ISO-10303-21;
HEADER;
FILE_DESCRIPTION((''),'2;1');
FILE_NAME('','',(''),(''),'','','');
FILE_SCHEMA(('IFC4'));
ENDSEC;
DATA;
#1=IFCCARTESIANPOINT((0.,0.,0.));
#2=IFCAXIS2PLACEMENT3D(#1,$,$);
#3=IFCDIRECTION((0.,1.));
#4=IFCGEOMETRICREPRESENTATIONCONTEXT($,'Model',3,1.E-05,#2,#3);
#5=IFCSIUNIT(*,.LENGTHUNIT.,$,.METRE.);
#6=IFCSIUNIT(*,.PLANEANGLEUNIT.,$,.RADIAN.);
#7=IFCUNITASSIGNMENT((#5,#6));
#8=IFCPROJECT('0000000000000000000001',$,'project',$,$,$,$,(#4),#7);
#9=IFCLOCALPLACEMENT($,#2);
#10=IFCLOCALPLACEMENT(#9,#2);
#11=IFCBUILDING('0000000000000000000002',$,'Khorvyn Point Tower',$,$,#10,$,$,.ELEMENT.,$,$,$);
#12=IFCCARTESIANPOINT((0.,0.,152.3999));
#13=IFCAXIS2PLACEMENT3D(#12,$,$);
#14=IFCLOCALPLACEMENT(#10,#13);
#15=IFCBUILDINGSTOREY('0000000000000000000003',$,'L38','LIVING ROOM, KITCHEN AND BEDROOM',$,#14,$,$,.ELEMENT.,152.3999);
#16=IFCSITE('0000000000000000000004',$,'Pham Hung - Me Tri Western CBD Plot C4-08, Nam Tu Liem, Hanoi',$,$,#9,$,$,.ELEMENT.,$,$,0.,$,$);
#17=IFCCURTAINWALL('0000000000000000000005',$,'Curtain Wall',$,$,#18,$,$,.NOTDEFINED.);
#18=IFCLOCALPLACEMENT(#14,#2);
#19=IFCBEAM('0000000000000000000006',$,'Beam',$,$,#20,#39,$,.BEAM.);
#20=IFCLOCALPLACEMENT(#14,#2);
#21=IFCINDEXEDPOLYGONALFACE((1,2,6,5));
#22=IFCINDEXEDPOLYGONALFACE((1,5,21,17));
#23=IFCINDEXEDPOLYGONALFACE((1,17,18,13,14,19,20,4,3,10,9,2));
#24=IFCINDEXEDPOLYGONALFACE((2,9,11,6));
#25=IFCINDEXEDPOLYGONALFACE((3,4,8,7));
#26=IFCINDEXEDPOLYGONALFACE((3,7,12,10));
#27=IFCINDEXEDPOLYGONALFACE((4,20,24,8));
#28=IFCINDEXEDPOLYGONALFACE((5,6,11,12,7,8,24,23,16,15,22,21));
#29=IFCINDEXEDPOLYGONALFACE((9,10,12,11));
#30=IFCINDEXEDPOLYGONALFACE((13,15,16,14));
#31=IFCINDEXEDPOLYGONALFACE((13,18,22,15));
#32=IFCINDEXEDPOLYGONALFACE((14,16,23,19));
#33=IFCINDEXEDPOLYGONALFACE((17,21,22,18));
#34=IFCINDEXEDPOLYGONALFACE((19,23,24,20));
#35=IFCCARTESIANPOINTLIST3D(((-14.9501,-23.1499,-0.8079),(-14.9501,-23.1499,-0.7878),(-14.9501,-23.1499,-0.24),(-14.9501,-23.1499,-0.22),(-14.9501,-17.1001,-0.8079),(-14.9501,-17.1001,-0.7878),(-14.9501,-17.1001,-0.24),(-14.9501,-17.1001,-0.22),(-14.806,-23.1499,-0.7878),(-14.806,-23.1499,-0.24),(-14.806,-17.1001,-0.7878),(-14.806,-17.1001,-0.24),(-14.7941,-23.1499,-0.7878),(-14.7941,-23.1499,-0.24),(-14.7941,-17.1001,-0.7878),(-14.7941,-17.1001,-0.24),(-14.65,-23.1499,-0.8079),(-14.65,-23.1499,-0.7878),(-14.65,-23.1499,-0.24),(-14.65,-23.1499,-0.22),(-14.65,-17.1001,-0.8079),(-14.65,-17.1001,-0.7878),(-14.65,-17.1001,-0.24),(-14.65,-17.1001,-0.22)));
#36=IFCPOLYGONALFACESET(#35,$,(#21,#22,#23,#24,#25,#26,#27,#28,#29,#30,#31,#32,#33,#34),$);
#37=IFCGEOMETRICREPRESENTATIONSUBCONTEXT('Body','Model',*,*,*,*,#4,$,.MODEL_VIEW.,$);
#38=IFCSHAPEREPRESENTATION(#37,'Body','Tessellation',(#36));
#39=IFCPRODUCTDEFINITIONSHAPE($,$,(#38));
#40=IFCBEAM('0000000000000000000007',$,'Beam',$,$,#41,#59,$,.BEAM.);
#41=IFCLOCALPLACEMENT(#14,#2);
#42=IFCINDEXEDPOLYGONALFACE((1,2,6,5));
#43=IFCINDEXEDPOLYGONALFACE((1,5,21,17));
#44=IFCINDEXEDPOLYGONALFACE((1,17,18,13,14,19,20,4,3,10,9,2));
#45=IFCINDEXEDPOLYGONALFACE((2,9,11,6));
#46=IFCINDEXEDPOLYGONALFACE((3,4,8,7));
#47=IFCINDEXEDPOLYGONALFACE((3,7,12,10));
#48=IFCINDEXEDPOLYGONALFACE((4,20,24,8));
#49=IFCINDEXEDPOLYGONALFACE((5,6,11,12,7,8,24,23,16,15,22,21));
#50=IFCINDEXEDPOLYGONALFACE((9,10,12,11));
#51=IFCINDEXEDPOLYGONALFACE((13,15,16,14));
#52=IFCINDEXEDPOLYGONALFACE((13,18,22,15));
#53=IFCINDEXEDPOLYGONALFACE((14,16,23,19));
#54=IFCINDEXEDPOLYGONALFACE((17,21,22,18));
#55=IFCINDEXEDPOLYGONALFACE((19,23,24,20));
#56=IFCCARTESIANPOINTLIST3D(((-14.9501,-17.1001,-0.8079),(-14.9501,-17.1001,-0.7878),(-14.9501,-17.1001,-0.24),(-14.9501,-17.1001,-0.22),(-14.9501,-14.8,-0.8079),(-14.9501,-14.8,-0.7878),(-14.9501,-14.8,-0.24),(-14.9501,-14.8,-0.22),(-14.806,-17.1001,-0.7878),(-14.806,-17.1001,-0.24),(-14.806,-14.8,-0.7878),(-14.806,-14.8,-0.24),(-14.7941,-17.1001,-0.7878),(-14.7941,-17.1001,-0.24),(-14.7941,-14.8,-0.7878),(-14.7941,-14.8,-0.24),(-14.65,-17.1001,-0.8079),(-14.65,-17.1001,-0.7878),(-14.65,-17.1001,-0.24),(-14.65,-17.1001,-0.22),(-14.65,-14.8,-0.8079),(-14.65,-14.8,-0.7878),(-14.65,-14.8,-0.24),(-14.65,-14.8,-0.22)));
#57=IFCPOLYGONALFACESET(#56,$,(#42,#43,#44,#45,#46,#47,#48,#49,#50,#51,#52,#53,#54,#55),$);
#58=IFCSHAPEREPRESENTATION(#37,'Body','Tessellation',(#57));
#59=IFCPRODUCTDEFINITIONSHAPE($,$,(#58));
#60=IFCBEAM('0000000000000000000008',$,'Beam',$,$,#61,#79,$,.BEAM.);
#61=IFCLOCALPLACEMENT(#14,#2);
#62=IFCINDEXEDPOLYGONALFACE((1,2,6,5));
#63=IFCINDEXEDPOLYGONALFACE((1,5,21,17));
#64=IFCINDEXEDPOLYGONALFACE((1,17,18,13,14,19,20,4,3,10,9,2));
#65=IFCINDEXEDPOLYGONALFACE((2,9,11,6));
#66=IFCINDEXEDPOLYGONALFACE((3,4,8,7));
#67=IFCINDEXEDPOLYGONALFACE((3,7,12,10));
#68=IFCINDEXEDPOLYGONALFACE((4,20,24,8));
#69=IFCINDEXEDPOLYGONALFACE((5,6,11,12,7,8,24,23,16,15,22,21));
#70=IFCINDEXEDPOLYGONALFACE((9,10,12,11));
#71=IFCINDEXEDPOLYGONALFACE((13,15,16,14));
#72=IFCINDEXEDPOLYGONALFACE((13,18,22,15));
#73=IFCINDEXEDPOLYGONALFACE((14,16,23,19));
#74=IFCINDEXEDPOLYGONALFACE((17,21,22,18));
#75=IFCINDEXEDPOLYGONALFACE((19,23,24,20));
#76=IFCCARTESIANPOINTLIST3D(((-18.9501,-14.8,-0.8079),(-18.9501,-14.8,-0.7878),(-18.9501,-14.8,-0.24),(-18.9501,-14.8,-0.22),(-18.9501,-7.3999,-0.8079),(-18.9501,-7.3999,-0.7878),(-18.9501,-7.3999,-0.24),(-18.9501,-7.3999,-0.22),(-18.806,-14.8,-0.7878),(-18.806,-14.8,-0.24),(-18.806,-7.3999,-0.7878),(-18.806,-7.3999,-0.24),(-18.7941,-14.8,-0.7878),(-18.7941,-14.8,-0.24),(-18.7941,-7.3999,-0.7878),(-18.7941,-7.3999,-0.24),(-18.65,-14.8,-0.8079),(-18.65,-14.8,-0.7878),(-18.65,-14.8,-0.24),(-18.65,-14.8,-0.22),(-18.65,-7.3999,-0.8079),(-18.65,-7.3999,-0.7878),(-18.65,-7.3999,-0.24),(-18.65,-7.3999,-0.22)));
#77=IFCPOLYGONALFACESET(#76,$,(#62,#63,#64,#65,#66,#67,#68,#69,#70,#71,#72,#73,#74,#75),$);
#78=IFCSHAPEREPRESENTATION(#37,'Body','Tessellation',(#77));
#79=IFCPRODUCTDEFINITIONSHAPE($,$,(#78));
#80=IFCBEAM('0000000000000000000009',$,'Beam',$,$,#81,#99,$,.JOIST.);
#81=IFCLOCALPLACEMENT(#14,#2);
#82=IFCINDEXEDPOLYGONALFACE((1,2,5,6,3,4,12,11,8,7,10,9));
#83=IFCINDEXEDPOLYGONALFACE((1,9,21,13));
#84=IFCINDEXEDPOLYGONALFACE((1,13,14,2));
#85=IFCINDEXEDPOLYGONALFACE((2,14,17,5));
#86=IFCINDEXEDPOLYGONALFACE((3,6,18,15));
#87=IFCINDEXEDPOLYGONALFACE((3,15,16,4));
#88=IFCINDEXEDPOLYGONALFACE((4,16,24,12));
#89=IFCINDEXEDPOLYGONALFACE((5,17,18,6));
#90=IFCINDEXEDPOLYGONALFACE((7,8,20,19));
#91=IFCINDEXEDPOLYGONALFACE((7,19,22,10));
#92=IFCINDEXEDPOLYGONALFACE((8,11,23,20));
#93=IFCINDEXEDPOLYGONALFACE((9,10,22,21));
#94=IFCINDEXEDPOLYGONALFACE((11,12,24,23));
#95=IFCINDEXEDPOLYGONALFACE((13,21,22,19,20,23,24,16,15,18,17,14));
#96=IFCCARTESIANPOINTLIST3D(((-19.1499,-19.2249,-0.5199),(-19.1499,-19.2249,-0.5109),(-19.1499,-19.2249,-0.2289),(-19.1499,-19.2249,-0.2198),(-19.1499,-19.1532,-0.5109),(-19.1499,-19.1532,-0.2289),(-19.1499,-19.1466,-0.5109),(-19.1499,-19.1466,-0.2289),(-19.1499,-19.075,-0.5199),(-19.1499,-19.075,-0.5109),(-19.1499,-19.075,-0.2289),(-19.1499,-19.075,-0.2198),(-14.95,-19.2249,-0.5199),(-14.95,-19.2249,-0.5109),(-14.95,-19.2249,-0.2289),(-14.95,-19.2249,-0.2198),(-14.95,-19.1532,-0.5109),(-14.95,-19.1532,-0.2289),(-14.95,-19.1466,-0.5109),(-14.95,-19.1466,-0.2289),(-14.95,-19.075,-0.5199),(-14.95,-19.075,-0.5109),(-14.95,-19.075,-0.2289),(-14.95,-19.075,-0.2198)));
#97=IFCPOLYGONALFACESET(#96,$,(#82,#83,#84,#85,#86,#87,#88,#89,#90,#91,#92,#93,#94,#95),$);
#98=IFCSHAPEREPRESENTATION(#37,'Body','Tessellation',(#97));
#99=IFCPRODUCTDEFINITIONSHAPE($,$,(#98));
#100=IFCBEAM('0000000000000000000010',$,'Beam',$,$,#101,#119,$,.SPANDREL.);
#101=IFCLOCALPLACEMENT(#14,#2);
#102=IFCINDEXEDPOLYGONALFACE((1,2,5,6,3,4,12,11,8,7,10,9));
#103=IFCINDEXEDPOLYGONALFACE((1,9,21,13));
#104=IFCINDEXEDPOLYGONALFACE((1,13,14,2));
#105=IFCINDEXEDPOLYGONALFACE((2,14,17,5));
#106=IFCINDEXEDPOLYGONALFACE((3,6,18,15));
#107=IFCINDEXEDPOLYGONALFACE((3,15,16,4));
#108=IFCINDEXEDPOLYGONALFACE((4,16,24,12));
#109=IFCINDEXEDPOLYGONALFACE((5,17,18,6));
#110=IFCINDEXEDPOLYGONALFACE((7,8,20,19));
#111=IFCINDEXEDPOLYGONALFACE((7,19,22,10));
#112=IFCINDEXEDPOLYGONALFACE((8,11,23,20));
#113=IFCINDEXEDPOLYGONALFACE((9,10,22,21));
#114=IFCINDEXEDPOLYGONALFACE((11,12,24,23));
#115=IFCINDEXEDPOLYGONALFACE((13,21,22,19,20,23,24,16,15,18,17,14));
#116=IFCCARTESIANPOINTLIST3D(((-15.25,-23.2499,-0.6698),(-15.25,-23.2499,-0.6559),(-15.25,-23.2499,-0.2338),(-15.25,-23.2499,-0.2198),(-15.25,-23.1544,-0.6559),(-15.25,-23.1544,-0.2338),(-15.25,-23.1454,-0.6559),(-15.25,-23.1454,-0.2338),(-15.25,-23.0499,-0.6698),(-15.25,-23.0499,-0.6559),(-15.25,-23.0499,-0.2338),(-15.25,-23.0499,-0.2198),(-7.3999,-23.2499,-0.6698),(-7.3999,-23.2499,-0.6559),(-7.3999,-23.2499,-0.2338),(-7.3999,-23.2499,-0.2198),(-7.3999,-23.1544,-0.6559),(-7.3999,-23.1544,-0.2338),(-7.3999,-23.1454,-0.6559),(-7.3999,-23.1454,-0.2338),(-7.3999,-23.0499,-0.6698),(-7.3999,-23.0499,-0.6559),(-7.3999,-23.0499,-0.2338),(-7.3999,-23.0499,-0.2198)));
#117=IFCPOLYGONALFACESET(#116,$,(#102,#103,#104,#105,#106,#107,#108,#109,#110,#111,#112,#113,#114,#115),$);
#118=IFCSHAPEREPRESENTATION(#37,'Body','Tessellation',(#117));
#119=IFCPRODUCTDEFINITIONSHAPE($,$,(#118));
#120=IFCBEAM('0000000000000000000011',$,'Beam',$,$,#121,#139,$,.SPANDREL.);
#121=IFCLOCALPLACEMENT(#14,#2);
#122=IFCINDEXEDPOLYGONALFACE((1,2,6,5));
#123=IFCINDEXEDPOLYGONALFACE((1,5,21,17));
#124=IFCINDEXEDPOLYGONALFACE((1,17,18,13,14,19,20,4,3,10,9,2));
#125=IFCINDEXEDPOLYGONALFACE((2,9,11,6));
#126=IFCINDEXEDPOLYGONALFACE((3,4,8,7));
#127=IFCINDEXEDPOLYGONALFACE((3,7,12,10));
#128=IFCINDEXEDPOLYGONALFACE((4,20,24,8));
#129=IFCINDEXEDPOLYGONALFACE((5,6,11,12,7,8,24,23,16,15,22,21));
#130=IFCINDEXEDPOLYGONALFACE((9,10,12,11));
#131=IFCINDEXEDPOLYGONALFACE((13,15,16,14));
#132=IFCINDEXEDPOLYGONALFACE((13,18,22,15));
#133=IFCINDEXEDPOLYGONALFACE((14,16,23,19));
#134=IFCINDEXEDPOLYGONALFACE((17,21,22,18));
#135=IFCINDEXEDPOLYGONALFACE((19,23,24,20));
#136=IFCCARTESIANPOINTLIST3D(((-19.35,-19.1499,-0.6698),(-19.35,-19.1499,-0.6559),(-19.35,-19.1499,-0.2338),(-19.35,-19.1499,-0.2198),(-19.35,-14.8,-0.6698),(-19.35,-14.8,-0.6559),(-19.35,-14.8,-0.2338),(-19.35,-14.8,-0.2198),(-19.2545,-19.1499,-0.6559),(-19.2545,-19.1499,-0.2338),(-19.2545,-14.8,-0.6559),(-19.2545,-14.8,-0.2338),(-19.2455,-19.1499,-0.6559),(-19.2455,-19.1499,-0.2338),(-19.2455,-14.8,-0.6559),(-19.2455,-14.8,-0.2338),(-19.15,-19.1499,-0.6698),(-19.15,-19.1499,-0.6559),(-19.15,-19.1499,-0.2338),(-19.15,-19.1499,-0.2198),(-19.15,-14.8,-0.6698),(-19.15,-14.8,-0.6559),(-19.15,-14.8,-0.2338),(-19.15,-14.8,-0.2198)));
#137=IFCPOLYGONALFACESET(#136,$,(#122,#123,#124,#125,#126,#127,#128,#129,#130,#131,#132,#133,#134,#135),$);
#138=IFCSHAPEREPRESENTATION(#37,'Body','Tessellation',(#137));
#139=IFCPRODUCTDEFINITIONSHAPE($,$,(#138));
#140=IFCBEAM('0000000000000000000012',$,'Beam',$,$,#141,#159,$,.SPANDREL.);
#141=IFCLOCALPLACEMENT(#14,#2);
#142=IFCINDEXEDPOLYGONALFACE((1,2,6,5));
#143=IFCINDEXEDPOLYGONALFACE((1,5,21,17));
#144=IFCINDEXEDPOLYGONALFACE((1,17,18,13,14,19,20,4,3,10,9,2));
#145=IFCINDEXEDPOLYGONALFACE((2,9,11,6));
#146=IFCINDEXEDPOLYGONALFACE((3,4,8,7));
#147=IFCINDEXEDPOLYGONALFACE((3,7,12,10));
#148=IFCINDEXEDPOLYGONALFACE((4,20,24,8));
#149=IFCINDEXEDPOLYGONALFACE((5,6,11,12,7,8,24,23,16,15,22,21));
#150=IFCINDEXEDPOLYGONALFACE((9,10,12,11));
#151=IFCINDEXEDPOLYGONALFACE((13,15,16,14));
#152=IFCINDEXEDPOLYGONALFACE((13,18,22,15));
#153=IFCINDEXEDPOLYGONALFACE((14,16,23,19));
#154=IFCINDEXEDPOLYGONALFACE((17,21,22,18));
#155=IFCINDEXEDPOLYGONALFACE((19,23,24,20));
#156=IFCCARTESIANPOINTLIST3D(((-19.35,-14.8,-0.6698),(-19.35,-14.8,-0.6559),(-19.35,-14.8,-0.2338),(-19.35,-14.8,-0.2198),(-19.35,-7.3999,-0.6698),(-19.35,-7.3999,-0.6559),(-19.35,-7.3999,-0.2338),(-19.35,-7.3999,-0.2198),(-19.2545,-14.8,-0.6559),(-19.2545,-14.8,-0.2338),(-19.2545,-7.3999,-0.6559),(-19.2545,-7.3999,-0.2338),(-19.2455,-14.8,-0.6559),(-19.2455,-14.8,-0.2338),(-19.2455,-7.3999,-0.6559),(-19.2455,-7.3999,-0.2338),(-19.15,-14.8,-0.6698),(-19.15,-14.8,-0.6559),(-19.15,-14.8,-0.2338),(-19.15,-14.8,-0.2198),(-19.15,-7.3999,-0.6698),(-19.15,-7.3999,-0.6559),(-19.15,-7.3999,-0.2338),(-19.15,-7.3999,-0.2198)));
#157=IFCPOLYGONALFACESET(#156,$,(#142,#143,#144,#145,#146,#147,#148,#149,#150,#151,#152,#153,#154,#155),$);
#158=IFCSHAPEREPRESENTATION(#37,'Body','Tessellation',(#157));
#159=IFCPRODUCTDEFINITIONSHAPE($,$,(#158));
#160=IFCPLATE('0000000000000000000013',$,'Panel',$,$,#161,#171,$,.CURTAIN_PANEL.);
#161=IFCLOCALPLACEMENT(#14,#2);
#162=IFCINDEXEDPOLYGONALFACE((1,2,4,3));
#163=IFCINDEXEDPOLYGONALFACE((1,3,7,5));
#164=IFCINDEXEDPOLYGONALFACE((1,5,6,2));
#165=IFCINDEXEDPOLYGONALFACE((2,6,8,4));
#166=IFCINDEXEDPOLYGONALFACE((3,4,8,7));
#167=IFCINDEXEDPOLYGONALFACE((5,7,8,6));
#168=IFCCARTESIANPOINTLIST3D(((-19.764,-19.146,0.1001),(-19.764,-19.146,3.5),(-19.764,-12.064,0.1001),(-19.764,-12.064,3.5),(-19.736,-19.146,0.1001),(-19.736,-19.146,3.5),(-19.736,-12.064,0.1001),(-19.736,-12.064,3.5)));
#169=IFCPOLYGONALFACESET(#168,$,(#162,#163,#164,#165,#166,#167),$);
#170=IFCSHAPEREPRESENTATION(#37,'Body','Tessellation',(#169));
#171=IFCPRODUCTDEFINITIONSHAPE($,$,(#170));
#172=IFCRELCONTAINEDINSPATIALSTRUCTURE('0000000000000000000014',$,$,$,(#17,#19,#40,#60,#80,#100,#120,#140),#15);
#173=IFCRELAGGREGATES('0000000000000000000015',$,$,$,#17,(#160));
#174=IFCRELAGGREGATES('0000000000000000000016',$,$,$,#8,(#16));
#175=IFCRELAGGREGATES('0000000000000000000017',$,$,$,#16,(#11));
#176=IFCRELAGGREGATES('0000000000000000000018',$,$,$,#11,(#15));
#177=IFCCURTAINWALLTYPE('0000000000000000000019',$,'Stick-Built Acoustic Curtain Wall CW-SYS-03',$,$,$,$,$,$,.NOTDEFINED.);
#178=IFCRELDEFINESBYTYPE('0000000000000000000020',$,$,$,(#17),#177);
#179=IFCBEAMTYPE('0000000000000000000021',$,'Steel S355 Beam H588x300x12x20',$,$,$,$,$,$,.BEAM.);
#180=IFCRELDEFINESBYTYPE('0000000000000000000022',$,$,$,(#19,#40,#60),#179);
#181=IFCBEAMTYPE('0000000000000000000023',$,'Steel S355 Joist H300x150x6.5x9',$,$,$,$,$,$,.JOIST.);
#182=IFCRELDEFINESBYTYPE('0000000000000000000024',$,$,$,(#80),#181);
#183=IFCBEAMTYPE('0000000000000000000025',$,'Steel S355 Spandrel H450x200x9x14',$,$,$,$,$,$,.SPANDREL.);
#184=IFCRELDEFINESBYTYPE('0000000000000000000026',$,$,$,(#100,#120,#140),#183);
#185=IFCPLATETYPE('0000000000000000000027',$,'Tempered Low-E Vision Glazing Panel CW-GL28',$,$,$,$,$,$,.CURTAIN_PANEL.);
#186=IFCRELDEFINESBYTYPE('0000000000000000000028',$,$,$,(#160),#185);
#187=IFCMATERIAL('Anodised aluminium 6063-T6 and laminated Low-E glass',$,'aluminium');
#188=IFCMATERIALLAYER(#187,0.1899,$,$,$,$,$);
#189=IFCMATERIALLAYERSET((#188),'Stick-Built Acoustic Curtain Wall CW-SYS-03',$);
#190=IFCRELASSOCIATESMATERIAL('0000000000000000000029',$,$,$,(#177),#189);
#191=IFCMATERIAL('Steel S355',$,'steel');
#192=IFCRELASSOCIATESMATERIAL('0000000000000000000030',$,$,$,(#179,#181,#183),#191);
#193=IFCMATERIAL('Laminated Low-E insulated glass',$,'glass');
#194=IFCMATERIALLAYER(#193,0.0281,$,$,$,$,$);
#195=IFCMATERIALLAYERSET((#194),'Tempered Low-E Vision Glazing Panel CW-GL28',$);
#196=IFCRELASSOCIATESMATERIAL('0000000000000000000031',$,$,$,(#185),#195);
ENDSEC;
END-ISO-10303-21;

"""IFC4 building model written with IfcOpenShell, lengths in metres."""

from ifc_helpers import new_model, si_unit, direction, frame, origin, origin_2d, place, context, subcontext, project, spatial, rectangle, i_section, extrude, material, layer, layer_set, material_profile, profile_set, type_object, element, aggregate, save


model = new_model("IFC4")

# Units and contexts
model_context = context("Model", 3, precision=1e-05, world=origin(), true_north=direction((0.0, 1.0)))
body_context = subcontext(model_context, "Body", "Model", "MODEL_VIEW")
ifc_project = project(units=[si_unit("LENGTHUNIT", "METRE"), si_unit("PLANEANGLEUNIT", "RADIAN")], contexts=[model_context])

# Site, building, storey
site_placement = place(None, origin())
site = spatial("IfcSite", under=ifc_project, at=site_placement, Name="Pham Hung - Me Tri Western CBD Plot C4-08, Nam Tu Liem, Hanoi", CompositionType="ELEMENT", RefElevation=0.0)
building_placement = place(site_placement, origin())
building = spatial("IfcBuilding", under=site, at=building_placement, Name="Khorvyn Point Tower", CompositionType="ELEMENT")
storey_placement = place(building_placement, frame((0.0, 0.0, 152.3999)))
storey = spatial("IfcBuildingStorey", under=building, at=storey_placement, Name="L38", Description="LIVING ROOM, KITCHEN AND BEDROOM", CompositionType="ELEMENT", Elevation=152.3999)

# Shared definitions
ifc_material_1 = material(Name="Anodised aluminium 6063-T6 and laminated Low-E glass", Category="aluminium")
ifc_layer_1 = layer(ifc_material_1, 0.1899)
ifc_layer_set_1 = layer_set([ifc_layer_1], Name="Stick-Built Acoustic Curtain Wall CW-SYS-03")
curtain_wall_type = type_object("IfcCurtainWallType", Name="Stick-Built Acoustic Curtain Wall CW-SYS-03", PredefinedType="NOTDEFINED", material=ifc_layer_set_1)

# Curtain wall
curtain_wall_1_placement = place(storey_placement, origin())
curtain_wall_1 = element("IfcCurtainWall", 1, at=curtain_wall_1_placement, inside=storey, type_object=curtain_wall_type, Name="Curtain Wall", PredefinedType="NOTDEFINED")

# Beams
ifc_material_2 = material(Name="Steel S355", Category="steel")
ifc_material_profile_1 = material_profile(ifc_material_2, i_section(OverallWidth=0.3, OverallDepth=0.5879, WebThickness=0.012, FlangeThickness=0.02, at=origin_2d()))
ifc_profile_set_1 = profile_set([ifc_material_profile_1], Name="Steel S355 H588x300x12x20")
beam_type_1 = type_object("IfcBeamType", Name="Steel S355 Beam H588x300x12x20", PredefinedType="BEAM", material=ifc_profile_set_1)
beam_1_placement = place(storey_placement, frame((-14.8, -23.1499, -0.5139), z_axis=(0.0, 1.0, 0.0), x_axis=(-1.0, 0.0, 0.0)))
element("IfcBeam", 2, at=beam_1_placement, inside=storey, type_object=beam_type_1, Name="Beam", PredefinedType="BEAM", context=body_context, shape_type="SweptSolid", body=[
    extrude(i_section(OverallWidth=0.3, OverallDepth=0.5879, WebThickness=0.012, FlangeThickness=0.02, at=origin_2d()), origin(), (0.0, 0.0, 1.0), 6.0498),
])
beam_2_placement = place(storey_placement, frame((-14.8, -17.1001, -0.5139), z_axis=(0.0, 1.0, 0.0), x_axis=(-1.0, 0.0, 0.0)))
element("IfcBeam", 3, at=beam_2_placement, inside=storey, type_object=beam_type_1, Name="Beam", PredefinedType="BEAM", context=body_context, shape_type="SweptSolid", body=[
    extrude(i_section(OverallWidth=0.3, OverallDepth=0.5879, WebThickness=0.012, FlangeThickness=0.02, at=origin_2d()), origin(), (0.0, 0.0, 1.0), 2.3),
])
beam_3_placement = place(storey_placement, frame((-18.8, -14.8, -0.5139), z_axis=(0.0, 1.0, 0.0), x_axis=(-1.0, 0.0, 0.0)))
element("IfcBeam", 4, at=beam_3_placement, inside=storey, type_object=beam_type_1, Name="Beam", PredefinedType="BEAM", context=body_context, shape_type="SweptSolid", body=[
    extrude(i_section(OverallWidth=0.3, OverallDepth=0.5879, WebThickness=0.012, FlangeThickness=0.02, at=origin_2d()), origin(), (0.0, 0.0, 1.0), 7.4001),
])
ifc_material_profile_2 = material_profile(ifc_material_2, i_section(OverallWidth=0.1499, OverallDepth=0.3, WebThickness=0.0066, FlangeThickness=0.009, at=origin_2d()))
ifc_profile_set_2 = profile_set([ifc_material_profile_2], Name="Steel S355 H300x150x6.5x9")
beam_type_2 = type_object("IfcBeamType", Name="Steel S355 Joist H300x150x6.5x9", PredefinedType="JOIST", material=ifc_profile_set_2)
beam_4_placement = place(storey_placement, frame((-19.1499, -19.1499, -0.3699), z_axis=(1.0, 0.0, 0.0), x_axis=(0.0, 1.0, 0.0)))
element("IfcBeam", 5, at=beam_4_placement, inside=storey, type_object=beam_type_2, Name="Beam", PredefinedType="JOIST", context=body_context, shape_type="SweptSolid", body=[
    extrude(i_section(OverallWidth=0.1499, OverallDepth=0.3, WebThickness=0.0066, FlangeThickness=0.009, at=origin_2d()), origin(), (0.0, 0.0, 1.0), 4.2),
])
ifc_material_profile_3 = material_profile(ifc_material_2, i_section(OverallWidth=0.2, OverallDepth=0.45, WebThickness=0.009, FlangeThickness=0.0139, at=origin_2d()))
ifc_profile_set_3 = profile_set([ifc_material_profile_3], Name="Steel S355 H450x200x9x14")
beam_type_3 = type_object("IfcBeamType", Name="Steel S355 Spandrel H450x200x9x14", PredefinedType="SPANDREL", material=ifc_profile_set_3)
beam_5_placement = place(storey_placement, frame((-15.25, -23.1499, -0.4448), z_axis=(1.0, 0.0, 0.0), x_axis=(0.0, 1.0, 0.0)))
element("IfcBeam", 6, at=beam_5_placement, inside=storey, type_object=beam_type_3, Name="Beam", PredefinedType="SPANDREL", context=body_context, shape_type="SweptSolid", body=[
    extrude(i_section(OverallWidth=0.2, OverallDepth=0.45, WebThickness=0.009, FlangeThickness=0.0139, at=origin_2d()), origin(), (0.0, 0.0, 1.0), 7.8501),
])
beam_6_placement = place(storey_placement, frame((-19.25, -19.1499, -0.4448), z_axis=(0.0, 1.0, 0.0), x_axis=(-1.0, 0.0, 0.0)))
element("IfcBeam", 7, at=beam_6_placement, inside=storey, type_object=beam_type_3, Name="Beam", PredefinedType="SPANDREL", context=body_context, shape_type="SweptSolid", body=[
    extrude(i_section(OverallWidth=0.2, OverallDepth=0.45, WebThickness=0.009, FlangeThickness=0.0139, at=origin_2d()), origin(), (0.0, 0.0, 1.0), 4.3499),
])
beam_7_placement = place(storey_placement, frame((-19.25, -14.8, -0.4448), z_axis=(0.0, 1.0, 0.0), x_axis=(-1.0, 0.0, 0.0)))
element("IfcBeam", 8, at=beam_7_placement, inside=storey, type_object=beam_type_3, Name="Beam", PredefinedType="SPANDREL", context=body_context, shape_type="SweptSolid", body=[
    extrude(i_section(OverallWidth=0.2, OverallDepth=0.45, WebThickness=0.009, FlangeThickness=0.0139, at=origin_2d()), origin(), (0.0, 0.0, 1.0), 7.4001),
])

# Plate
ifc_material_3 = material(Name="Laminated Low-E insulated glass", Category="glass")
ifc_layer_2 = layer(ifc_material_3, 0.0281)
ifc_layer_set_2 = layer_set([ifc_layer_2], Name="Tempered Low-E Vision Glazing Panel CW-GL28")
plate_type = type_object("IfcPlateType", Name="Tempered Low-E Vision Glazing Panel CW-GL28", PredefinedType="CURTAIN_PANEL", material=ifc_layer_set_2)
plate_placement = place(storey_placement, frame((-19.75, -15.605, 0.1001), z_axis=(0.0, 0.0, 1.0), x_axis=(0.0, 1.0, 0.0)))
plate = element("IfcPlate", 9, at=plate_placement, type_object=plate_type, Name="Panel", PredefinedType="CURTAIN_PANEL", context=body_context, shape_type="SweptSolid", body=[
    extrude(rectangle(XDim=7.082, YDim=0.0281, at=origin_2d()), origin(), (0.0, 0.0, 1.0), 3.3999),
])
aggregate(curtain_wall_1, [plate])

save(model, "model.ifc")
